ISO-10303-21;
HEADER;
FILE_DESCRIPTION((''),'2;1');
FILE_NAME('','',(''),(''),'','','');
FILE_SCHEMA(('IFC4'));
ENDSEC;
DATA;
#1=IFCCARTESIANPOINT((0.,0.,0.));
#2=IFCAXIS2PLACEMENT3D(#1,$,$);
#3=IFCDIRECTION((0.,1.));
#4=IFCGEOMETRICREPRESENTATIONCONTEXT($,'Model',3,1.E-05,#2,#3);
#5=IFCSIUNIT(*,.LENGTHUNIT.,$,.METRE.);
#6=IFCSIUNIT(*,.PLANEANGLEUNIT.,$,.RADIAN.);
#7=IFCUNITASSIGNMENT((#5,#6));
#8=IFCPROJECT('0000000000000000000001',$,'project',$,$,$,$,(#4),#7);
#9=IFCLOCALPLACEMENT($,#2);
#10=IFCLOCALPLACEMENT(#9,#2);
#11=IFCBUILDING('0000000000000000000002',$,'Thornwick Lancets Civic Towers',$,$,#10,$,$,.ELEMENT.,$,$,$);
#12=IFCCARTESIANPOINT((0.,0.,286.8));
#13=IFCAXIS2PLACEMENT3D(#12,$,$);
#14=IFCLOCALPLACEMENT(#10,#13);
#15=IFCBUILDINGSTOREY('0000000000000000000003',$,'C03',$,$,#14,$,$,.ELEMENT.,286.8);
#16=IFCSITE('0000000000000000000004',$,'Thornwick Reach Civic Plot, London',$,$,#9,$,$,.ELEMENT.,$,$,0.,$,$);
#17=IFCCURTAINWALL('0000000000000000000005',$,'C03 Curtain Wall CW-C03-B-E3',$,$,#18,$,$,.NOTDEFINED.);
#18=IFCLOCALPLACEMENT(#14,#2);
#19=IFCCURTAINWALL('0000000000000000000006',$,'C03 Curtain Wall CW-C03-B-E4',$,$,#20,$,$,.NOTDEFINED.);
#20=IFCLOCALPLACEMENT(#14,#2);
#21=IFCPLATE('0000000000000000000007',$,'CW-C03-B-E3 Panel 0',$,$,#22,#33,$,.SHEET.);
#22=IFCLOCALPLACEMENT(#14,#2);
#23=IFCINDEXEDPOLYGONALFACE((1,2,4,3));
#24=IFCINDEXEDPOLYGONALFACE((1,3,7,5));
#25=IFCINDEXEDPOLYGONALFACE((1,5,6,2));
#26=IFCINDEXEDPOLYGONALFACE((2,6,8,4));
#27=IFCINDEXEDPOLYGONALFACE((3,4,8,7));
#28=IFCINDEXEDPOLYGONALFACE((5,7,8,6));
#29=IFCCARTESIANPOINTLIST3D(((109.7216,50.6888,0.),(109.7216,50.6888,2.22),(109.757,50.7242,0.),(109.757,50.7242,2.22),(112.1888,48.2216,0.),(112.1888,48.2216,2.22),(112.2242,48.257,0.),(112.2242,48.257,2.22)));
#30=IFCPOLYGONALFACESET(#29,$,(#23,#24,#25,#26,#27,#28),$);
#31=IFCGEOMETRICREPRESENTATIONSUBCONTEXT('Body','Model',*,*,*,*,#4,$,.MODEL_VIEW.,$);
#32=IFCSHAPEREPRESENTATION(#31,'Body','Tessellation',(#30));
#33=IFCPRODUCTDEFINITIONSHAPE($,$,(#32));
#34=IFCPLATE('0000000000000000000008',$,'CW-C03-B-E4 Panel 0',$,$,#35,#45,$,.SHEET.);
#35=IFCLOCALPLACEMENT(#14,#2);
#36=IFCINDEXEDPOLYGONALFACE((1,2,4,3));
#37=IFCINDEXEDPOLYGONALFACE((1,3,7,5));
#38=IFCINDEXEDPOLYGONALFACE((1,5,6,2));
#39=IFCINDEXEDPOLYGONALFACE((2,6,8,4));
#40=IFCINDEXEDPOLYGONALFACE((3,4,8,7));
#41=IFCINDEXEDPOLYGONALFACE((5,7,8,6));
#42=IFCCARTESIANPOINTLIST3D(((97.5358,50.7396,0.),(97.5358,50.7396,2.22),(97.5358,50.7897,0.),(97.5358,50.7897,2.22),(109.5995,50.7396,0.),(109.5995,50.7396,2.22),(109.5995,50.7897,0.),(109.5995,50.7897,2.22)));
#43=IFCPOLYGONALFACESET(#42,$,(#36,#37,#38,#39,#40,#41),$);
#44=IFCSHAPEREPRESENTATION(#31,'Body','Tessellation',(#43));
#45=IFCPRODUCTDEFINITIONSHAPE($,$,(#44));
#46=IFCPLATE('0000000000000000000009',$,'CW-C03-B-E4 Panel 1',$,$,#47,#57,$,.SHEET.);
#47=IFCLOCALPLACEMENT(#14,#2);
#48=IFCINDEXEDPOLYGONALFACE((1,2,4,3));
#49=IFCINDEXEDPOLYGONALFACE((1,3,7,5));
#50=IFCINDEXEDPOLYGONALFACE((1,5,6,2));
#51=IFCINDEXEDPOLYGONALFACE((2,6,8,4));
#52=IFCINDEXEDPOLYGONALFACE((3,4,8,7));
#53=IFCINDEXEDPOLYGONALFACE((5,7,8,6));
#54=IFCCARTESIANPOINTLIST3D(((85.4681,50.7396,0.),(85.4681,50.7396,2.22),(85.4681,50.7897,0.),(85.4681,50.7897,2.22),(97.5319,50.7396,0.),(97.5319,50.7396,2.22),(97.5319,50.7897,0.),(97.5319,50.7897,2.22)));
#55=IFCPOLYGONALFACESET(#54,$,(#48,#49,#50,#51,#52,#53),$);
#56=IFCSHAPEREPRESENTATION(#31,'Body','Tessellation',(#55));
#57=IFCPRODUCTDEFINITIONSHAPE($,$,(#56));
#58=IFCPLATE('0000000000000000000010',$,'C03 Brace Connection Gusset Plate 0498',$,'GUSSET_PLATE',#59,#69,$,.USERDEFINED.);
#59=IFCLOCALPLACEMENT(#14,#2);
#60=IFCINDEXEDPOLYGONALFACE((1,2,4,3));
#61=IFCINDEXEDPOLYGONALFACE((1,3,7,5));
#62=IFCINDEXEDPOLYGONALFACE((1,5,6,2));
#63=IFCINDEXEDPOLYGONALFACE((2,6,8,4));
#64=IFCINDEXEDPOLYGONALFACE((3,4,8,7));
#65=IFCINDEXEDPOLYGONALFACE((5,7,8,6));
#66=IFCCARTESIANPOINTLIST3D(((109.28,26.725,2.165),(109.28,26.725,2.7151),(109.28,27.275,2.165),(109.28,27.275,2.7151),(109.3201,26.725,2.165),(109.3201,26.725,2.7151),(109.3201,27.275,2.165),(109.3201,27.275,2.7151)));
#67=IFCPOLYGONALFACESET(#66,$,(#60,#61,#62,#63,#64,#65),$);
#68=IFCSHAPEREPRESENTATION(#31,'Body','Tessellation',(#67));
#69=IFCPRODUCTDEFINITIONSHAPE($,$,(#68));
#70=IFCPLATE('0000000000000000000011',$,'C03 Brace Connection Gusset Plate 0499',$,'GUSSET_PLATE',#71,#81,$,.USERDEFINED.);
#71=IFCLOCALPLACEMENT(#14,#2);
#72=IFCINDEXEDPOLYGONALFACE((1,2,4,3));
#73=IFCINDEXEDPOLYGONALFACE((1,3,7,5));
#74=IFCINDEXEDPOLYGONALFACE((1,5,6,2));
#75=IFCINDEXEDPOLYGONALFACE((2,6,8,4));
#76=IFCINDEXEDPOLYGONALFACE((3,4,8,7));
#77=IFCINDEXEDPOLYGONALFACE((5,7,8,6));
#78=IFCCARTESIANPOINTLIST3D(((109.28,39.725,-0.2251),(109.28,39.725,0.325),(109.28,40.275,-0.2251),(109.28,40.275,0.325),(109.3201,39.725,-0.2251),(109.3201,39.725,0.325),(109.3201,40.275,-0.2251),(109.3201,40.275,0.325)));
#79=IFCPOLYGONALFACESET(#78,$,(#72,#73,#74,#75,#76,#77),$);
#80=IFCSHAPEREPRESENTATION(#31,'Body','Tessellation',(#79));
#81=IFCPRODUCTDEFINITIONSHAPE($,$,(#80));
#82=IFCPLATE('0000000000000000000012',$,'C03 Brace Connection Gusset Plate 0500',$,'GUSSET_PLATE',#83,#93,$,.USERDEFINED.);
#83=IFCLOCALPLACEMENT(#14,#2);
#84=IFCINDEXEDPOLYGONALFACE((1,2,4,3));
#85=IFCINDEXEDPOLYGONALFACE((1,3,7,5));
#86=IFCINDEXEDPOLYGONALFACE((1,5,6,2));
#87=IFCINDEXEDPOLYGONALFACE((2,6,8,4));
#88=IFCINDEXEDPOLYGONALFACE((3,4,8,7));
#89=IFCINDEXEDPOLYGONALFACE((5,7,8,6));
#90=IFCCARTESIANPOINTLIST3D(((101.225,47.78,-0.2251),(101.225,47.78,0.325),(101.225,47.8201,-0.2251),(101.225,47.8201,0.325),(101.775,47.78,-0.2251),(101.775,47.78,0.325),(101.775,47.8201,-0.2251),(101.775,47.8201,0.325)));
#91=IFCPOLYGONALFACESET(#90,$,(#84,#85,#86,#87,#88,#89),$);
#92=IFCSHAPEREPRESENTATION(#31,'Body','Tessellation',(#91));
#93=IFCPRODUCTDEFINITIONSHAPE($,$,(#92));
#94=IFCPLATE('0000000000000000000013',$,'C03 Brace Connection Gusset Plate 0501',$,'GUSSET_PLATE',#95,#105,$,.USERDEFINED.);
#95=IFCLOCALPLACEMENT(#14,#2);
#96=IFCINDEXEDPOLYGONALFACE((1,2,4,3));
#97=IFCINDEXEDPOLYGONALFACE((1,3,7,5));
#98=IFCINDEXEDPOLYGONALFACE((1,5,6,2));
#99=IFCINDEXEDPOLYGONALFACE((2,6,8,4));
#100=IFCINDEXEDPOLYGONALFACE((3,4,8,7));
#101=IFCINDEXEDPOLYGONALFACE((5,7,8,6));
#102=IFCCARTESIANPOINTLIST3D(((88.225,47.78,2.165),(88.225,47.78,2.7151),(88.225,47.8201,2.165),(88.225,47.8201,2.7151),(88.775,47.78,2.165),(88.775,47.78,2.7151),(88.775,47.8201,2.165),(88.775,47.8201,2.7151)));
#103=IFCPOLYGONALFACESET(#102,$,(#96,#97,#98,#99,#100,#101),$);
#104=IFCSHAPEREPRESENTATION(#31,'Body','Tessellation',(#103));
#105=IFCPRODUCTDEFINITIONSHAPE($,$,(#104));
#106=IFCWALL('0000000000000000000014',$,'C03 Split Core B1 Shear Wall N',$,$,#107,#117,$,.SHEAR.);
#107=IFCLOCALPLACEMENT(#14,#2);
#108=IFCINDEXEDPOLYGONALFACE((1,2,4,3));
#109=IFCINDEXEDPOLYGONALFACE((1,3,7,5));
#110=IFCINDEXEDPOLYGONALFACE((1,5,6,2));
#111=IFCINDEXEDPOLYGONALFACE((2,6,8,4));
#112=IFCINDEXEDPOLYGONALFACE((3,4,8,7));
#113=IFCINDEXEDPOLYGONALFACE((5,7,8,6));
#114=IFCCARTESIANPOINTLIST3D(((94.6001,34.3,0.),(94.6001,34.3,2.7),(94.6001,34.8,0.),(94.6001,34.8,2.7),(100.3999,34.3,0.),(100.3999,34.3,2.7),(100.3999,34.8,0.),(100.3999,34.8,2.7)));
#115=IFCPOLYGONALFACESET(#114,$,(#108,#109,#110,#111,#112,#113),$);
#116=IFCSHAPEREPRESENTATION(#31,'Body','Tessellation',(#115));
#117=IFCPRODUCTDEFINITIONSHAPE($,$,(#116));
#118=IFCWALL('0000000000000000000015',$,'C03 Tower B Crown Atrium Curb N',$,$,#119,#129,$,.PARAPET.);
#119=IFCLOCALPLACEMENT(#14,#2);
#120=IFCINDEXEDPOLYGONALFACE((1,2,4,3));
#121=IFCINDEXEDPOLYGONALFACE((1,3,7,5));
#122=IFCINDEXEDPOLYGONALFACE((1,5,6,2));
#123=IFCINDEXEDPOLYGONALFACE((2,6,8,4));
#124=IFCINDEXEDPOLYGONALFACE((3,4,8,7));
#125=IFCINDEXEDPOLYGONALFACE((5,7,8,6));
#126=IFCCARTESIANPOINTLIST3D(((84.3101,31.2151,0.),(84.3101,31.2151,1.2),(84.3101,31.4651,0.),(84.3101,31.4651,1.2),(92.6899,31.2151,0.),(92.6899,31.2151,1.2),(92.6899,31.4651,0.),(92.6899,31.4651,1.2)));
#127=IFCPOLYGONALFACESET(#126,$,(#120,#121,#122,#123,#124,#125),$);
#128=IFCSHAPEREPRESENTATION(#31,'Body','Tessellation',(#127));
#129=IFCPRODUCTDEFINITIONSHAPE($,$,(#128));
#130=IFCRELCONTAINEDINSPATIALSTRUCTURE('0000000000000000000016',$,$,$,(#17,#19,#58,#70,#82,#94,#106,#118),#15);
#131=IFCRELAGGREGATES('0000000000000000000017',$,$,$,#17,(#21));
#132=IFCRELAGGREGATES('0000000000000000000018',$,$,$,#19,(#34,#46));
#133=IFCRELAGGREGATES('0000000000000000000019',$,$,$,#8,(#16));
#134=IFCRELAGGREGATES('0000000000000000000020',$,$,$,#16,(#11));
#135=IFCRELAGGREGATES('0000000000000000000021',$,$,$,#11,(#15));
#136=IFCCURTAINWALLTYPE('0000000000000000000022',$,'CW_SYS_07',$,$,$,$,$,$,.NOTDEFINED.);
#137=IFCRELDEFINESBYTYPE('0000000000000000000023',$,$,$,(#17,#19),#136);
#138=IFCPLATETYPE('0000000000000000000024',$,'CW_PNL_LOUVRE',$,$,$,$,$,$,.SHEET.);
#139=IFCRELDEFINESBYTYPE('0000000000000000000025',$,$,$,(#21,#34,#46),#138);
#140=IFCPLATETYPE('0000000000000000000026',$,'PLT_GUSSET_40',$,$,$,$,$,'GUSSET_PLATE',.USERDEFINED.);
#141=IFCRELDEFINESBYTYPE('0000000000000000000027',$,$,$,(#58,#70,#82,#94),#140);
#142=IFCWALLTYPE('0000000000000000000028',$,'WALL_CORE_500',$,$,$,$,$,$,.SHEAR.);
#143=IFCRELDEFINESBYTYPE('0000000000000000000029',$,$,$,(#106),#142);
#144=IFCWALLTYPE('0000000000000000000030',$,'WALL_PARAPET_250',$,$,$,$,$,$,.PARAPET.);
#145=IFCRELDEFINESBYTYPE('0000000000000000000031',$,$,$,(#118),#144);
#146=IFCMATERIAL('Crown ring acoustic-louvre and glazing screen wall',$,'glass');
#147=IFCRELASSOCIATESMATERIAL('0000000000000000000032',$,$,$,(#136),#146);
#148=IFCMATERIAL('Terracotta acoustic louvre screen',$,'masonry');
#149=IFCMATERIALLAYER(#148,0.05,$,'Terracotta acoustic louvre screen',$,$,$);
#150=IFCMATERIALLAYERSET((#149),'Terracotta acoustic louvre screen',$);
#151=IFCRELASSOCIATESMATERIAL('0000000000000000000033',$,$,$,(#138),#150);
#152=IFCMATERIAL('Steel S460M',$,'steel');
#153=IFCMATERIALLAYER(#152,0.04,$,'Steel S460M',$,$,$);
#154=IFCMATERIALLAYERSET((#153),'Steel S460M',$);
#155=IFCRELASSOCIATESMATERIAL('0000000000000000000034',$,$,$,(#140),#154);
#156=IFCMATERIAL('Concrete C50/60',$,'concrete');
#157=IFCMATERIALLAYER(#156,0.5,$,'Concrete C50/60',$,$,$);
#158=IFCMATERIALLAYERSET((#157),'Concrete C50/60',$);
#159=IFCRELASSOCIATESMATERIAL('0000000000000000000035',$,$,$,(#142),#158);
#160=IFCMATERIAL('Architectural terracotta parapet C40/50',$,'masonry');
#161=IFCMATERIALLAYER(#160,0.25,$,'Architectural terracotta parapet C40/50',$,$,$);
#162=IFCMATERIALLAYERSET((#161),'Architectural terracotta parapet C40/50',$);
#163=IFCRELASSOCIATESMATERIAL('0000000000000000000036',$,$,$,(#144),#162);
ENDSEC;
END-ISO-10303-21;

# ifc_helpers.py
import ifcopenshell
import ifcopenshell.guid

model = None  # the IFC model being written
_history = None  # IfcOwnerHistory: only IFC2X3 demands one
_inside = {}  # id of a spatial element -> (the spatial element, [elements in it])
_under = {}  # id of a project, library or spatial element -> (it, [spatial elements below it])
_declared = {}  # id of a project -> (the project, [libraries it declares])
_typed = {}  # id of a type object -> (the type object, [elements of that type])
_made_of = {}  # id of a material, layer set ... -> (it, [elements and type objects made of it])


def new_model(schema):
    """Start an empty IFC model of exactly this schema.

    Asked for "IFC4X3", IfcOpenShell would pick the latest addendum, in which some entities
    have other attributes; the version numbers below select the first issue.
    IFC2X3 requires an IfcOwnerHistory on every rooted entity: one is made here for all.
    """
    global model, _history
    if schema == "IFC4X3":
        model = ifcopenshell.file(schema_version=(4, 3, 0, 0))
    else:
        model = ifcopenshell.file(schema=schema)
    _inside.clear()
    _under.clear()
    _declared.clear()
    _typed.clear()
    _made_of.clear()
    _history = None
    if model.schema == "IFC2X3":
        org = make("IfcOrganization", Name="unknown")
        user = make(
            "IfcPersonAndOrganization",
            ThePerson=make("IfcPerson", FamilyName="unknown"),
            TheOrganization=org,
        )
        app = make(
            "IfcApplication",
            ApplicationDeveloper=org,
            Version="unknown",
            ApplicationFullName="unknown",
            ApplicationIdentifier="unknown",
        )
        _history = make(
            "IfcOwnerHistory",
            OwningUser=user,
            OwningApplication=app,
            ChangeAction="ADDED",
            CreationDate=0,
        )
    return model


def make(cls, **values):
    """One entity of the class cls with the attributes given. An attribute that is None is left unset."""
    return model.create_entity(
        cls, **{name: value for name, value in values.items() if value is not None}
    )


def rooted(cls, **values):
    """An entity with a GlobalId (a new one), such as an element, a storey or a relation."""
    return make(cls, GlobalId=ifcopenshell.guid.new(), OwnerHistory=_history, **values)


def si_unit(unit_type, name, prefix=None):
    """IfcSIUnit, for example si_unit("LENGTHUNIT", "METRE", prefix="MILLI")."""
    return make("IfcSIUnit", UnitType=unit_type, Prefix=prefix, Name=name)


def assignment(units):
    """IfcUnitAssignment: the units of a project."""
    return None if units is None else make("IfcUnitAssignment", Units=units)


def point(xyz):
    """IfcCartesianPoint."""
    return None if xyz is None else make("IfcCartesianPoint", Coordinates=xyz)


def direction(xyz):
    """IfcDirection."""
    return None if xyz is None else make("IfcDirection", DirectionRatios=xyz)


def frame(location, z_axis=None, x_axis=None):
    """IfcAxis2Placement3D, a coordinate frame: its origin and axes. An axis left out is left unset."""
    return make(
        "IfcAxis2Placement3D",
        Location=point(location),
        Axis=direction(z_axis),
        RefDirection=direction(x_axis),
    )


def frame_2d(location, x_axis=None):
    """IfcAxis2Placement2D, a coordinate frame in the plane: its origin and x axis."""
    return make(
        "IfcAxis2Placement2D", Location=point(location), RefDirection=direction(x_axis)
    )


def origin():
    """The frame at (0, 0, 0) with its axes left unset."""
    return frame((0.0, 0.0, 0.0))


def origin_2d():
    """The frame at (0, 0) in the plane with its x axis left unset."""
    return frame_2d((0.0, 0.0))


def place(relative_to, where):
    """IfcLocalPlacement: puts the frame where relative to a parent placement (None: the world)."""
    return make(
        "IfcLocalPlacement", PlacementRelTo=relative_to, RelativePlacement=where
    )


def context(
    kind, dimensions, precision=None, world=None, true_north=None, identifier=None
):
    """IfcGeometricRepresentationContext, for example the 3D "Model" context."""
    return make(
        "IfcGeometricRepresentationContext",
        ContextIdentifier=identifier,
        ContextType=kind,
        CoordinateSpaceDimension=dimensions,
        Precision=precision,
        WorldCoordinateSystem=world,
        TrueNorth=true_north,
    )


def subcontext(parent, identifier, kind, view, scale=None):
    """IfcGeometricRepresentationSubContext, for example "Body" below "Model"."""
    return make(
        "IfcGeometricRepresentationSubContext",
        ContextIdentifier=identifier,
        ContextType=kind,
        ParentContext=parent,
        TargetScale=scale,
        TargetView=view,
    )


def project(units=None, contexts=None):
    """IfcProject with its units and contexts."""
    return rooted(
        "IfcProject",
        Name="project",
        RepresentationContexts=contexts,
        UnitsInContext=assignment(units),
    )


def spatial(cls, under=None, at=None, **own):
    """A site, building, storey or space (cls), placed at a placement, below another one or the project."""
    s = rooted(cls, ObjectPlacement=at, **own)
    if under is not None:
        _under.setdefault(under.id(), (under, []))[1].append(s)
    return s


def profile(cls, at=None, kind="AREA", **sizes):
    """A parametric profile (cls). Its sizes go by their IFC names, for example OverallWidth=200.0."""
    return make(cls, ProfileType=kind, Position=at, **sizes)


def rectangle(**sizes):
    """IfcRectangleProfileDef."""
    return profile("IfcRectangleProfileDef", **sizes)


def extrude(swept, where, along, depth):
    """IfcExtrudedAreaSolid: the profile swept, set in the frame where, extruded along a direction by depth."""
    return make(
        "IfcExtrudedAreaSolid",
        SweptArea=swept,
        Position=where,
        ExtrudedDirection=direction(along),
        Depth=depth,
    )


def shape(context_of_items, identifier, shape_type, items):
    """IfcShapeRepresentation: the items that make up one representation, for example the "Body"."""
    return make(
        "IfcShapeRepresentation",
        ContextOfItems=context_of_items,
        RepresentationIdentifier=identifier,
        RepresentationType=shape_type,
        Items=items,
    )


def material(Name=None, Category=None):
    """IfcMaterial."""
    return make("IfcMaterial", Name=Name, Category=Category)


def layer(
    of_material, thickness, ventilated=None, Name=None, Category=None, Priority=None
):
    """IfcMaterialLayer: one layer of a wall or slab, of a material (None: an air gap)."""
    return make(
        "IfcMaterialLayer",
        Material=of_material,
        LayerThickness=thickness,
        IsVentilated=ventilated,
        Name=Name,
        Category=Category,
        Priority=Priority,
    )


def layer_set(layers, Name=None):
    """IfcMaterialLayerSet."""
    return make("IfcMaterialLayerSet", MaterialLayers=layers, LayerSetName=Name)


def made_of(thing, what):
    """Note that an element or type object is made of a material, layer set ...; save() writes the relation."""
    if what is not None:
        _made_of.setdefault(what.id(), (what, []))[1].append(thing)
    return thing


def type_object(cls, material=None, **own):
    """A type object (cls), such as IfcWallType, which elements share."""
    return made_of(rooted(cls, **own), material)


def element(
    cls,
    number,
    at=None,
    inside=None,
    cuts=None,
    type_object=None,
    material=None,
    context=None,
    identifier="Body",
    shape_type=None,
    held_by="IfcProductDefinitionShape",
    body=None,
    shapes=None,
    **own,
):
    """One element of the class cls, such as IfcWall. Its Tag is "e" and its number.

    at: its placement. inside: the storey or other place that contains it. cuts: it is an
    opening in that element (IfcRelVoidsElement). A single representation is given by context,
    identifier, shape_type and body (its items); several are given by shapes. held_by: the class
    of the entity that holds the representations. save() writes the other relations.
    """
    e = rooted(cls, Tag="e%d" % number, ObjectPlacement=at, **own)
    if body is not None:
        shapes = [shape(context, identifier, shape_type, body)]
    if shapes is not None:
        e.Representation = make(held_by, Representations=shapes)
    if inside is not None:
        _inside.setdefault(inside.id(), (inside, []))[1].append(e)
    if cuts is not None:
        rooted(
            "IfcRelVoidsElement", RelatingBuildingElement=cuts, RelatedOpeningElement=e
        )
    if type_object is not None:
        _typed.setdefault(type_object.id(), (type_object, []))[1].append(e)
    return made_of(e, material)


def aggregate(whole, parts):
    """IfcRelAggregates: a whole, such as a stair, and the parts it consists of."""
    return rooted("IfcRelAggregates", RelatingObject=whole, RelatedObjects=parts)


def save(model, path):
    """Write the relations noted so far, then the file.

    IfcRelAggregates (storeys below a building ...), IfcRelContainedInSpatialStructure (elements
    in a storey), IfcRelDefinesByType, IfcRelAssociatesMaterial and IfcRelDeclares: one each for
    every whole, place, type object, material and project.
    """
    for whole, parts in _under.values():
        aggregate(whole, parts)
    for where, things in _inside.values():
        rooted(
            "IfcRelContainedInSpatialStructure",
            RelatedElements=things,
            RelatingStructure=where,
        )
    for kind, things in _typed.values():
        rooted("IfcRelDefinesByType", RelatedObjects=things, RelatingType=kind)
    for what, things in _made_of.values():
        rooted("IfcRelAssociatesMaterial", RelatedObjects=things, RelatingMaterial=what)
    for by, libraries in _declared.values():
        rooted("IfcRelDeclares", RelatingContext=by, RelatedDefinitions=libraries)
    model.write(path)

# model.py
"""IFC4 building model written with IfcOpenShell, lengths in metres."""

from ifc_helpers import new_model, si_unit, direction, frame, frame_2d, origin, origin_2d, place, context, subcontext, project, spatial, rectangle, extrude, material, layer, layer_set, type_object, element, aggregate, save


model = new_model("IFC4")

# Units and contexts
model_context = context("Model", 3, precision=1e-05, world=origin(), true_north=direction((0.0, 1.0)))
body_context = subcontext(model_context, "Body", "Model", "MODEL_VIEW")
ifc_project = project(units=[si_unit("LENGTHUNIT", "METRE"), si_unit("PLANEANGLEUNIT", "RADIAN")], contexts=[model_context])

# Site, building, storey
site_placement = place(None, origin())
site = spatial("IfcSite", under=ifc_project, at=site_placement, Name="Thornwick Reach Civic Plot, London", CompositionType="ELEMENT", RefElevation=0.0)
building_placement = place(site_placement, origin())
building = spatial("IfcBuilding", under=site, at=building_placement, Name="Thornwick Lancets Civic Towers", CompositionType="ELEMENT")
storey_placement = place(building_placement, frame((0.0, 0.0, 286.8)))
storey = spatial("IfcBuildingStorey", under=building, at=storey_placement, Name="C03", CompositionType="ELEMENT", Elevation=286.8)

# Curtain walls
ifc_material_1 = material(Name="Crown ring acoustic-louvre and glazing screen wall", Category="glass")
curtain_wall_type = type_object("IfcCurtainWallType", Name="CW_SYS_07", PredefinedType="NOTDEFINED", material=ifc_material_1)
curtain_wall_1_placement = place(storey_placement, origin())
curtain_wall_1 = element("IfcCurtainWall", 1, at=curtain_wall_1_placement, inside=storey, type_object=curtain_wall_type, Name="C03 Curtain Wall CW-C03-B-E3", PredefinedType="NOTDEFINED")
curtain_wall_2_placement = place(storey_placement, origin())
curtain_wall_2 = element("IfcCurtainWall", 2, at=curtain_wall_2_placement, inside=storey, type_object=curtain_wall_type, Name="C03 Curtain Wall CW-C03-B-E4", PredefinedType="NOTDEFINED")

# Plates
ifc_material_2 = material(Name="Terracotta acoustic louvre screen", Category="masonry")
ifc_layer_1 = layer(ifc_material_2, 0.05, Name="Terracotta acoustic louvre screen")
ifc_layer_set_1 = layer_set([ifc_layer_1], Name="Terracotta acoustic louvre screen")
plate_type_1 = type_object("IfcPlateType", Name="CW_PNL_LOUVRE", PredefinedType="SHEET", material=ifc_layer_set_1)
plate_1_placement = place(storey_placement, frame((110.9729, 49.4729, 0.0), z_axis=(0.0, 0.0, 1.0), x_axis=(-0.707107, 0.707107, 0.0)))
plate_1 = element("IfcPlate", 3, at=plate_1_placement, type_object=plate_type_1, Name="CW-C03-B-E3 Panel 0", PredefinedType="SHEET", context=body_context, shape_type="SweptSolid", body=[
    extrude(rectangle(XDim=3.4893, YDim=0.05, at=origin_2d()), origin(), (0.0, 0.0, 1.0), 2.22),
])
aggregate(curtain_wall_1, [plate_1])
plate_2_placement = place(storey_placement, frame((103.5676, 50.7646, 0.0), z_axis=(0.0, 0.0, 1.0), x_axis=(-1.0, 0.0, 0.0)))
plate_2 = element("IfcPlate", 4, at=plate_2_placement, type_object=plate_type_1, Name="CW-C03-B-E4 Panel 0", PredefinedType="SHEET", context=body_context, shape_type="SweptSolid", body=[
    extrude(rectangle(XDim=12.0637, YDim=0.05, at=origin_2d()), origin(), (0.0, 0.0, 1.0), 2.22),
])
plate_3_placement = place(storey_placement, frame((91.5, 50.7646, 0.0), z_axis=(0.0, 0.0, 1.0), x_axis=(-1.0, 0.0, 0.0)))
plate_3 = element("IfcPlate", 5, at=plate_3_placement, type_object=plate_type_1, Name="CW-C03-B-E4 Panel 1", PredefinedType="SHEET", context=body_context, shape_type="SweptSolid", body=[
    extrude(rectangle(XDim=12.0637, YDim=0.05, at=origin_2d()), origin(), (0.0, 0.0, 1.0), 2.22),
])
aggregate(curtain_wall_2, [plate_2, plate_3])

# Plates
ifc_material_3 = material(Name="Steel S460M", Category="steel")
ifc_layer_2 = layer(ifc_material_3, 0.04, Name="Steel S460M")
ifc_layer_set_2 = layer_set([ifc_layer_2], Name="Steel S460M")
plate_type_2 = type_object("IfcPlateType", Name="PLT_GUSSET_40", ElementType="GUSSET_PLATE", PredefinedType="USERDEFINED", material=ifc_layer_set_2)
for number, where, z_axis, x_axis, name in (
    (6, (109.3, 27.0, 2.165), (0.0, 0.0, 1.0), (0.0, 1.0, 0.0), "C03 Brace Connection Gusset Plate 0498"),
    (7, (109.3, 40.0, -0.2251), (0.0, 0.0, 1.0), (0.0, -1.0, 0.0), "C03 Brace Connection Gusset Plate 0499"),
    (8, (101.5, 47.8, -0.2251), (0.0, 0.0, 1.0), (-1.0, 0.0, 0.0), "C03 Brace Connection Gusset Plate 0500"),
    (9, (88.5, 47.8, 2.165), (0.0, 0.0, 1.0), (-1.0, 0.0, 0.0), "C03 Brace Connection Gusset Plate 0501"),
):
    element("IfcPlate", number, at=place(storey_placement, frame(where, z_axis=z_axis, x_axis=x_axis)), inside=storey, type_object=plate_type_2, Name=name, ObjectType="GUSSET_PLATE", PredefinedType="USERDEFINED", context=body_context, shape_type="SweptSolid", body=[
        extrude(rectangle(XDim=0.55, YDim=0.04, at=origin_2d()), origin(), (0.0, 0.0, 1.0), 0.55),
    ])

# Walls
ifc_material_4 = material(Name="Concrete C50/60", Category="concrete")
ifc_layer_3 = layer(ifc_material_4, 0.5, Name="Concrete C50/60")
ifc_layer_set_3 = layer_set([ifc_layer_3], Name="Concrete C50/60")
wall_type_1 = type_object("IfcWallType", Name="WALL_CORE_500", PredefinedType="SHEAR", material=ifc_layer_set_3)
wall_1_placement = place(storey_placement, frame((94.6001, 34.55, 0.0), z_axis=(0.0, 0.0, 1.0), x_axis=(1.0, 0.0, 0.0)))
element("IfcWall", 10, at=wall_1_placement, inside=storey, type_object=wall_type_1, Name="C03 Split Core B1 Shear Wall N", PredefinedType="SHEAR", context=body_context, shape_type="SweptSolid", body=[
    extrude(rectangle(XDim=5.7998, YDim=0.5, at=frame_2d((2.8999, 0.0))), origin(), (0.0, 0.0, 1.0), 2.7),
])
ifc_material_5 = material(Name="Architectural terracotta parapet C40/50", Category="masonry")
ifc_layer_4 = layer(ifc_material_5, 0.25, Name="Architectural terracotta parapet C40/50")
ifc_layer_set_4 = layer_set([ifc_layer_4], Name="Architectural terracotta parapet C40/50")
wall_type_2 = type_object("IfcWallType", Name="WALL_PARAPET_250", PredefinedType="PARAPET", material=ifc_layer_set_4)
wall_2_placement = place(storey_placement, frame((92.6899, 31.3401, 0.0), z_axis=(0.0, 0.0, 1.0), x_axis=(-1.0, 0.0, 0.0)))
element("IfcWall", 11, at=wall_2_placement, inside=storey, type_object=wall_type_2, Name="C03 Tower B Crown Atrium Curb N", PredefinedType="PARAPET", context=body_context, shape_type="SweptSolid", body=[
    extrude(rectangle(XDim=8.3799, YDim=0.25, at=frame_2d((4.1899, 0.0))), origin(), (0.0, 0.0, 1.0), 1.2),
])

save(model, "model.ifc")
